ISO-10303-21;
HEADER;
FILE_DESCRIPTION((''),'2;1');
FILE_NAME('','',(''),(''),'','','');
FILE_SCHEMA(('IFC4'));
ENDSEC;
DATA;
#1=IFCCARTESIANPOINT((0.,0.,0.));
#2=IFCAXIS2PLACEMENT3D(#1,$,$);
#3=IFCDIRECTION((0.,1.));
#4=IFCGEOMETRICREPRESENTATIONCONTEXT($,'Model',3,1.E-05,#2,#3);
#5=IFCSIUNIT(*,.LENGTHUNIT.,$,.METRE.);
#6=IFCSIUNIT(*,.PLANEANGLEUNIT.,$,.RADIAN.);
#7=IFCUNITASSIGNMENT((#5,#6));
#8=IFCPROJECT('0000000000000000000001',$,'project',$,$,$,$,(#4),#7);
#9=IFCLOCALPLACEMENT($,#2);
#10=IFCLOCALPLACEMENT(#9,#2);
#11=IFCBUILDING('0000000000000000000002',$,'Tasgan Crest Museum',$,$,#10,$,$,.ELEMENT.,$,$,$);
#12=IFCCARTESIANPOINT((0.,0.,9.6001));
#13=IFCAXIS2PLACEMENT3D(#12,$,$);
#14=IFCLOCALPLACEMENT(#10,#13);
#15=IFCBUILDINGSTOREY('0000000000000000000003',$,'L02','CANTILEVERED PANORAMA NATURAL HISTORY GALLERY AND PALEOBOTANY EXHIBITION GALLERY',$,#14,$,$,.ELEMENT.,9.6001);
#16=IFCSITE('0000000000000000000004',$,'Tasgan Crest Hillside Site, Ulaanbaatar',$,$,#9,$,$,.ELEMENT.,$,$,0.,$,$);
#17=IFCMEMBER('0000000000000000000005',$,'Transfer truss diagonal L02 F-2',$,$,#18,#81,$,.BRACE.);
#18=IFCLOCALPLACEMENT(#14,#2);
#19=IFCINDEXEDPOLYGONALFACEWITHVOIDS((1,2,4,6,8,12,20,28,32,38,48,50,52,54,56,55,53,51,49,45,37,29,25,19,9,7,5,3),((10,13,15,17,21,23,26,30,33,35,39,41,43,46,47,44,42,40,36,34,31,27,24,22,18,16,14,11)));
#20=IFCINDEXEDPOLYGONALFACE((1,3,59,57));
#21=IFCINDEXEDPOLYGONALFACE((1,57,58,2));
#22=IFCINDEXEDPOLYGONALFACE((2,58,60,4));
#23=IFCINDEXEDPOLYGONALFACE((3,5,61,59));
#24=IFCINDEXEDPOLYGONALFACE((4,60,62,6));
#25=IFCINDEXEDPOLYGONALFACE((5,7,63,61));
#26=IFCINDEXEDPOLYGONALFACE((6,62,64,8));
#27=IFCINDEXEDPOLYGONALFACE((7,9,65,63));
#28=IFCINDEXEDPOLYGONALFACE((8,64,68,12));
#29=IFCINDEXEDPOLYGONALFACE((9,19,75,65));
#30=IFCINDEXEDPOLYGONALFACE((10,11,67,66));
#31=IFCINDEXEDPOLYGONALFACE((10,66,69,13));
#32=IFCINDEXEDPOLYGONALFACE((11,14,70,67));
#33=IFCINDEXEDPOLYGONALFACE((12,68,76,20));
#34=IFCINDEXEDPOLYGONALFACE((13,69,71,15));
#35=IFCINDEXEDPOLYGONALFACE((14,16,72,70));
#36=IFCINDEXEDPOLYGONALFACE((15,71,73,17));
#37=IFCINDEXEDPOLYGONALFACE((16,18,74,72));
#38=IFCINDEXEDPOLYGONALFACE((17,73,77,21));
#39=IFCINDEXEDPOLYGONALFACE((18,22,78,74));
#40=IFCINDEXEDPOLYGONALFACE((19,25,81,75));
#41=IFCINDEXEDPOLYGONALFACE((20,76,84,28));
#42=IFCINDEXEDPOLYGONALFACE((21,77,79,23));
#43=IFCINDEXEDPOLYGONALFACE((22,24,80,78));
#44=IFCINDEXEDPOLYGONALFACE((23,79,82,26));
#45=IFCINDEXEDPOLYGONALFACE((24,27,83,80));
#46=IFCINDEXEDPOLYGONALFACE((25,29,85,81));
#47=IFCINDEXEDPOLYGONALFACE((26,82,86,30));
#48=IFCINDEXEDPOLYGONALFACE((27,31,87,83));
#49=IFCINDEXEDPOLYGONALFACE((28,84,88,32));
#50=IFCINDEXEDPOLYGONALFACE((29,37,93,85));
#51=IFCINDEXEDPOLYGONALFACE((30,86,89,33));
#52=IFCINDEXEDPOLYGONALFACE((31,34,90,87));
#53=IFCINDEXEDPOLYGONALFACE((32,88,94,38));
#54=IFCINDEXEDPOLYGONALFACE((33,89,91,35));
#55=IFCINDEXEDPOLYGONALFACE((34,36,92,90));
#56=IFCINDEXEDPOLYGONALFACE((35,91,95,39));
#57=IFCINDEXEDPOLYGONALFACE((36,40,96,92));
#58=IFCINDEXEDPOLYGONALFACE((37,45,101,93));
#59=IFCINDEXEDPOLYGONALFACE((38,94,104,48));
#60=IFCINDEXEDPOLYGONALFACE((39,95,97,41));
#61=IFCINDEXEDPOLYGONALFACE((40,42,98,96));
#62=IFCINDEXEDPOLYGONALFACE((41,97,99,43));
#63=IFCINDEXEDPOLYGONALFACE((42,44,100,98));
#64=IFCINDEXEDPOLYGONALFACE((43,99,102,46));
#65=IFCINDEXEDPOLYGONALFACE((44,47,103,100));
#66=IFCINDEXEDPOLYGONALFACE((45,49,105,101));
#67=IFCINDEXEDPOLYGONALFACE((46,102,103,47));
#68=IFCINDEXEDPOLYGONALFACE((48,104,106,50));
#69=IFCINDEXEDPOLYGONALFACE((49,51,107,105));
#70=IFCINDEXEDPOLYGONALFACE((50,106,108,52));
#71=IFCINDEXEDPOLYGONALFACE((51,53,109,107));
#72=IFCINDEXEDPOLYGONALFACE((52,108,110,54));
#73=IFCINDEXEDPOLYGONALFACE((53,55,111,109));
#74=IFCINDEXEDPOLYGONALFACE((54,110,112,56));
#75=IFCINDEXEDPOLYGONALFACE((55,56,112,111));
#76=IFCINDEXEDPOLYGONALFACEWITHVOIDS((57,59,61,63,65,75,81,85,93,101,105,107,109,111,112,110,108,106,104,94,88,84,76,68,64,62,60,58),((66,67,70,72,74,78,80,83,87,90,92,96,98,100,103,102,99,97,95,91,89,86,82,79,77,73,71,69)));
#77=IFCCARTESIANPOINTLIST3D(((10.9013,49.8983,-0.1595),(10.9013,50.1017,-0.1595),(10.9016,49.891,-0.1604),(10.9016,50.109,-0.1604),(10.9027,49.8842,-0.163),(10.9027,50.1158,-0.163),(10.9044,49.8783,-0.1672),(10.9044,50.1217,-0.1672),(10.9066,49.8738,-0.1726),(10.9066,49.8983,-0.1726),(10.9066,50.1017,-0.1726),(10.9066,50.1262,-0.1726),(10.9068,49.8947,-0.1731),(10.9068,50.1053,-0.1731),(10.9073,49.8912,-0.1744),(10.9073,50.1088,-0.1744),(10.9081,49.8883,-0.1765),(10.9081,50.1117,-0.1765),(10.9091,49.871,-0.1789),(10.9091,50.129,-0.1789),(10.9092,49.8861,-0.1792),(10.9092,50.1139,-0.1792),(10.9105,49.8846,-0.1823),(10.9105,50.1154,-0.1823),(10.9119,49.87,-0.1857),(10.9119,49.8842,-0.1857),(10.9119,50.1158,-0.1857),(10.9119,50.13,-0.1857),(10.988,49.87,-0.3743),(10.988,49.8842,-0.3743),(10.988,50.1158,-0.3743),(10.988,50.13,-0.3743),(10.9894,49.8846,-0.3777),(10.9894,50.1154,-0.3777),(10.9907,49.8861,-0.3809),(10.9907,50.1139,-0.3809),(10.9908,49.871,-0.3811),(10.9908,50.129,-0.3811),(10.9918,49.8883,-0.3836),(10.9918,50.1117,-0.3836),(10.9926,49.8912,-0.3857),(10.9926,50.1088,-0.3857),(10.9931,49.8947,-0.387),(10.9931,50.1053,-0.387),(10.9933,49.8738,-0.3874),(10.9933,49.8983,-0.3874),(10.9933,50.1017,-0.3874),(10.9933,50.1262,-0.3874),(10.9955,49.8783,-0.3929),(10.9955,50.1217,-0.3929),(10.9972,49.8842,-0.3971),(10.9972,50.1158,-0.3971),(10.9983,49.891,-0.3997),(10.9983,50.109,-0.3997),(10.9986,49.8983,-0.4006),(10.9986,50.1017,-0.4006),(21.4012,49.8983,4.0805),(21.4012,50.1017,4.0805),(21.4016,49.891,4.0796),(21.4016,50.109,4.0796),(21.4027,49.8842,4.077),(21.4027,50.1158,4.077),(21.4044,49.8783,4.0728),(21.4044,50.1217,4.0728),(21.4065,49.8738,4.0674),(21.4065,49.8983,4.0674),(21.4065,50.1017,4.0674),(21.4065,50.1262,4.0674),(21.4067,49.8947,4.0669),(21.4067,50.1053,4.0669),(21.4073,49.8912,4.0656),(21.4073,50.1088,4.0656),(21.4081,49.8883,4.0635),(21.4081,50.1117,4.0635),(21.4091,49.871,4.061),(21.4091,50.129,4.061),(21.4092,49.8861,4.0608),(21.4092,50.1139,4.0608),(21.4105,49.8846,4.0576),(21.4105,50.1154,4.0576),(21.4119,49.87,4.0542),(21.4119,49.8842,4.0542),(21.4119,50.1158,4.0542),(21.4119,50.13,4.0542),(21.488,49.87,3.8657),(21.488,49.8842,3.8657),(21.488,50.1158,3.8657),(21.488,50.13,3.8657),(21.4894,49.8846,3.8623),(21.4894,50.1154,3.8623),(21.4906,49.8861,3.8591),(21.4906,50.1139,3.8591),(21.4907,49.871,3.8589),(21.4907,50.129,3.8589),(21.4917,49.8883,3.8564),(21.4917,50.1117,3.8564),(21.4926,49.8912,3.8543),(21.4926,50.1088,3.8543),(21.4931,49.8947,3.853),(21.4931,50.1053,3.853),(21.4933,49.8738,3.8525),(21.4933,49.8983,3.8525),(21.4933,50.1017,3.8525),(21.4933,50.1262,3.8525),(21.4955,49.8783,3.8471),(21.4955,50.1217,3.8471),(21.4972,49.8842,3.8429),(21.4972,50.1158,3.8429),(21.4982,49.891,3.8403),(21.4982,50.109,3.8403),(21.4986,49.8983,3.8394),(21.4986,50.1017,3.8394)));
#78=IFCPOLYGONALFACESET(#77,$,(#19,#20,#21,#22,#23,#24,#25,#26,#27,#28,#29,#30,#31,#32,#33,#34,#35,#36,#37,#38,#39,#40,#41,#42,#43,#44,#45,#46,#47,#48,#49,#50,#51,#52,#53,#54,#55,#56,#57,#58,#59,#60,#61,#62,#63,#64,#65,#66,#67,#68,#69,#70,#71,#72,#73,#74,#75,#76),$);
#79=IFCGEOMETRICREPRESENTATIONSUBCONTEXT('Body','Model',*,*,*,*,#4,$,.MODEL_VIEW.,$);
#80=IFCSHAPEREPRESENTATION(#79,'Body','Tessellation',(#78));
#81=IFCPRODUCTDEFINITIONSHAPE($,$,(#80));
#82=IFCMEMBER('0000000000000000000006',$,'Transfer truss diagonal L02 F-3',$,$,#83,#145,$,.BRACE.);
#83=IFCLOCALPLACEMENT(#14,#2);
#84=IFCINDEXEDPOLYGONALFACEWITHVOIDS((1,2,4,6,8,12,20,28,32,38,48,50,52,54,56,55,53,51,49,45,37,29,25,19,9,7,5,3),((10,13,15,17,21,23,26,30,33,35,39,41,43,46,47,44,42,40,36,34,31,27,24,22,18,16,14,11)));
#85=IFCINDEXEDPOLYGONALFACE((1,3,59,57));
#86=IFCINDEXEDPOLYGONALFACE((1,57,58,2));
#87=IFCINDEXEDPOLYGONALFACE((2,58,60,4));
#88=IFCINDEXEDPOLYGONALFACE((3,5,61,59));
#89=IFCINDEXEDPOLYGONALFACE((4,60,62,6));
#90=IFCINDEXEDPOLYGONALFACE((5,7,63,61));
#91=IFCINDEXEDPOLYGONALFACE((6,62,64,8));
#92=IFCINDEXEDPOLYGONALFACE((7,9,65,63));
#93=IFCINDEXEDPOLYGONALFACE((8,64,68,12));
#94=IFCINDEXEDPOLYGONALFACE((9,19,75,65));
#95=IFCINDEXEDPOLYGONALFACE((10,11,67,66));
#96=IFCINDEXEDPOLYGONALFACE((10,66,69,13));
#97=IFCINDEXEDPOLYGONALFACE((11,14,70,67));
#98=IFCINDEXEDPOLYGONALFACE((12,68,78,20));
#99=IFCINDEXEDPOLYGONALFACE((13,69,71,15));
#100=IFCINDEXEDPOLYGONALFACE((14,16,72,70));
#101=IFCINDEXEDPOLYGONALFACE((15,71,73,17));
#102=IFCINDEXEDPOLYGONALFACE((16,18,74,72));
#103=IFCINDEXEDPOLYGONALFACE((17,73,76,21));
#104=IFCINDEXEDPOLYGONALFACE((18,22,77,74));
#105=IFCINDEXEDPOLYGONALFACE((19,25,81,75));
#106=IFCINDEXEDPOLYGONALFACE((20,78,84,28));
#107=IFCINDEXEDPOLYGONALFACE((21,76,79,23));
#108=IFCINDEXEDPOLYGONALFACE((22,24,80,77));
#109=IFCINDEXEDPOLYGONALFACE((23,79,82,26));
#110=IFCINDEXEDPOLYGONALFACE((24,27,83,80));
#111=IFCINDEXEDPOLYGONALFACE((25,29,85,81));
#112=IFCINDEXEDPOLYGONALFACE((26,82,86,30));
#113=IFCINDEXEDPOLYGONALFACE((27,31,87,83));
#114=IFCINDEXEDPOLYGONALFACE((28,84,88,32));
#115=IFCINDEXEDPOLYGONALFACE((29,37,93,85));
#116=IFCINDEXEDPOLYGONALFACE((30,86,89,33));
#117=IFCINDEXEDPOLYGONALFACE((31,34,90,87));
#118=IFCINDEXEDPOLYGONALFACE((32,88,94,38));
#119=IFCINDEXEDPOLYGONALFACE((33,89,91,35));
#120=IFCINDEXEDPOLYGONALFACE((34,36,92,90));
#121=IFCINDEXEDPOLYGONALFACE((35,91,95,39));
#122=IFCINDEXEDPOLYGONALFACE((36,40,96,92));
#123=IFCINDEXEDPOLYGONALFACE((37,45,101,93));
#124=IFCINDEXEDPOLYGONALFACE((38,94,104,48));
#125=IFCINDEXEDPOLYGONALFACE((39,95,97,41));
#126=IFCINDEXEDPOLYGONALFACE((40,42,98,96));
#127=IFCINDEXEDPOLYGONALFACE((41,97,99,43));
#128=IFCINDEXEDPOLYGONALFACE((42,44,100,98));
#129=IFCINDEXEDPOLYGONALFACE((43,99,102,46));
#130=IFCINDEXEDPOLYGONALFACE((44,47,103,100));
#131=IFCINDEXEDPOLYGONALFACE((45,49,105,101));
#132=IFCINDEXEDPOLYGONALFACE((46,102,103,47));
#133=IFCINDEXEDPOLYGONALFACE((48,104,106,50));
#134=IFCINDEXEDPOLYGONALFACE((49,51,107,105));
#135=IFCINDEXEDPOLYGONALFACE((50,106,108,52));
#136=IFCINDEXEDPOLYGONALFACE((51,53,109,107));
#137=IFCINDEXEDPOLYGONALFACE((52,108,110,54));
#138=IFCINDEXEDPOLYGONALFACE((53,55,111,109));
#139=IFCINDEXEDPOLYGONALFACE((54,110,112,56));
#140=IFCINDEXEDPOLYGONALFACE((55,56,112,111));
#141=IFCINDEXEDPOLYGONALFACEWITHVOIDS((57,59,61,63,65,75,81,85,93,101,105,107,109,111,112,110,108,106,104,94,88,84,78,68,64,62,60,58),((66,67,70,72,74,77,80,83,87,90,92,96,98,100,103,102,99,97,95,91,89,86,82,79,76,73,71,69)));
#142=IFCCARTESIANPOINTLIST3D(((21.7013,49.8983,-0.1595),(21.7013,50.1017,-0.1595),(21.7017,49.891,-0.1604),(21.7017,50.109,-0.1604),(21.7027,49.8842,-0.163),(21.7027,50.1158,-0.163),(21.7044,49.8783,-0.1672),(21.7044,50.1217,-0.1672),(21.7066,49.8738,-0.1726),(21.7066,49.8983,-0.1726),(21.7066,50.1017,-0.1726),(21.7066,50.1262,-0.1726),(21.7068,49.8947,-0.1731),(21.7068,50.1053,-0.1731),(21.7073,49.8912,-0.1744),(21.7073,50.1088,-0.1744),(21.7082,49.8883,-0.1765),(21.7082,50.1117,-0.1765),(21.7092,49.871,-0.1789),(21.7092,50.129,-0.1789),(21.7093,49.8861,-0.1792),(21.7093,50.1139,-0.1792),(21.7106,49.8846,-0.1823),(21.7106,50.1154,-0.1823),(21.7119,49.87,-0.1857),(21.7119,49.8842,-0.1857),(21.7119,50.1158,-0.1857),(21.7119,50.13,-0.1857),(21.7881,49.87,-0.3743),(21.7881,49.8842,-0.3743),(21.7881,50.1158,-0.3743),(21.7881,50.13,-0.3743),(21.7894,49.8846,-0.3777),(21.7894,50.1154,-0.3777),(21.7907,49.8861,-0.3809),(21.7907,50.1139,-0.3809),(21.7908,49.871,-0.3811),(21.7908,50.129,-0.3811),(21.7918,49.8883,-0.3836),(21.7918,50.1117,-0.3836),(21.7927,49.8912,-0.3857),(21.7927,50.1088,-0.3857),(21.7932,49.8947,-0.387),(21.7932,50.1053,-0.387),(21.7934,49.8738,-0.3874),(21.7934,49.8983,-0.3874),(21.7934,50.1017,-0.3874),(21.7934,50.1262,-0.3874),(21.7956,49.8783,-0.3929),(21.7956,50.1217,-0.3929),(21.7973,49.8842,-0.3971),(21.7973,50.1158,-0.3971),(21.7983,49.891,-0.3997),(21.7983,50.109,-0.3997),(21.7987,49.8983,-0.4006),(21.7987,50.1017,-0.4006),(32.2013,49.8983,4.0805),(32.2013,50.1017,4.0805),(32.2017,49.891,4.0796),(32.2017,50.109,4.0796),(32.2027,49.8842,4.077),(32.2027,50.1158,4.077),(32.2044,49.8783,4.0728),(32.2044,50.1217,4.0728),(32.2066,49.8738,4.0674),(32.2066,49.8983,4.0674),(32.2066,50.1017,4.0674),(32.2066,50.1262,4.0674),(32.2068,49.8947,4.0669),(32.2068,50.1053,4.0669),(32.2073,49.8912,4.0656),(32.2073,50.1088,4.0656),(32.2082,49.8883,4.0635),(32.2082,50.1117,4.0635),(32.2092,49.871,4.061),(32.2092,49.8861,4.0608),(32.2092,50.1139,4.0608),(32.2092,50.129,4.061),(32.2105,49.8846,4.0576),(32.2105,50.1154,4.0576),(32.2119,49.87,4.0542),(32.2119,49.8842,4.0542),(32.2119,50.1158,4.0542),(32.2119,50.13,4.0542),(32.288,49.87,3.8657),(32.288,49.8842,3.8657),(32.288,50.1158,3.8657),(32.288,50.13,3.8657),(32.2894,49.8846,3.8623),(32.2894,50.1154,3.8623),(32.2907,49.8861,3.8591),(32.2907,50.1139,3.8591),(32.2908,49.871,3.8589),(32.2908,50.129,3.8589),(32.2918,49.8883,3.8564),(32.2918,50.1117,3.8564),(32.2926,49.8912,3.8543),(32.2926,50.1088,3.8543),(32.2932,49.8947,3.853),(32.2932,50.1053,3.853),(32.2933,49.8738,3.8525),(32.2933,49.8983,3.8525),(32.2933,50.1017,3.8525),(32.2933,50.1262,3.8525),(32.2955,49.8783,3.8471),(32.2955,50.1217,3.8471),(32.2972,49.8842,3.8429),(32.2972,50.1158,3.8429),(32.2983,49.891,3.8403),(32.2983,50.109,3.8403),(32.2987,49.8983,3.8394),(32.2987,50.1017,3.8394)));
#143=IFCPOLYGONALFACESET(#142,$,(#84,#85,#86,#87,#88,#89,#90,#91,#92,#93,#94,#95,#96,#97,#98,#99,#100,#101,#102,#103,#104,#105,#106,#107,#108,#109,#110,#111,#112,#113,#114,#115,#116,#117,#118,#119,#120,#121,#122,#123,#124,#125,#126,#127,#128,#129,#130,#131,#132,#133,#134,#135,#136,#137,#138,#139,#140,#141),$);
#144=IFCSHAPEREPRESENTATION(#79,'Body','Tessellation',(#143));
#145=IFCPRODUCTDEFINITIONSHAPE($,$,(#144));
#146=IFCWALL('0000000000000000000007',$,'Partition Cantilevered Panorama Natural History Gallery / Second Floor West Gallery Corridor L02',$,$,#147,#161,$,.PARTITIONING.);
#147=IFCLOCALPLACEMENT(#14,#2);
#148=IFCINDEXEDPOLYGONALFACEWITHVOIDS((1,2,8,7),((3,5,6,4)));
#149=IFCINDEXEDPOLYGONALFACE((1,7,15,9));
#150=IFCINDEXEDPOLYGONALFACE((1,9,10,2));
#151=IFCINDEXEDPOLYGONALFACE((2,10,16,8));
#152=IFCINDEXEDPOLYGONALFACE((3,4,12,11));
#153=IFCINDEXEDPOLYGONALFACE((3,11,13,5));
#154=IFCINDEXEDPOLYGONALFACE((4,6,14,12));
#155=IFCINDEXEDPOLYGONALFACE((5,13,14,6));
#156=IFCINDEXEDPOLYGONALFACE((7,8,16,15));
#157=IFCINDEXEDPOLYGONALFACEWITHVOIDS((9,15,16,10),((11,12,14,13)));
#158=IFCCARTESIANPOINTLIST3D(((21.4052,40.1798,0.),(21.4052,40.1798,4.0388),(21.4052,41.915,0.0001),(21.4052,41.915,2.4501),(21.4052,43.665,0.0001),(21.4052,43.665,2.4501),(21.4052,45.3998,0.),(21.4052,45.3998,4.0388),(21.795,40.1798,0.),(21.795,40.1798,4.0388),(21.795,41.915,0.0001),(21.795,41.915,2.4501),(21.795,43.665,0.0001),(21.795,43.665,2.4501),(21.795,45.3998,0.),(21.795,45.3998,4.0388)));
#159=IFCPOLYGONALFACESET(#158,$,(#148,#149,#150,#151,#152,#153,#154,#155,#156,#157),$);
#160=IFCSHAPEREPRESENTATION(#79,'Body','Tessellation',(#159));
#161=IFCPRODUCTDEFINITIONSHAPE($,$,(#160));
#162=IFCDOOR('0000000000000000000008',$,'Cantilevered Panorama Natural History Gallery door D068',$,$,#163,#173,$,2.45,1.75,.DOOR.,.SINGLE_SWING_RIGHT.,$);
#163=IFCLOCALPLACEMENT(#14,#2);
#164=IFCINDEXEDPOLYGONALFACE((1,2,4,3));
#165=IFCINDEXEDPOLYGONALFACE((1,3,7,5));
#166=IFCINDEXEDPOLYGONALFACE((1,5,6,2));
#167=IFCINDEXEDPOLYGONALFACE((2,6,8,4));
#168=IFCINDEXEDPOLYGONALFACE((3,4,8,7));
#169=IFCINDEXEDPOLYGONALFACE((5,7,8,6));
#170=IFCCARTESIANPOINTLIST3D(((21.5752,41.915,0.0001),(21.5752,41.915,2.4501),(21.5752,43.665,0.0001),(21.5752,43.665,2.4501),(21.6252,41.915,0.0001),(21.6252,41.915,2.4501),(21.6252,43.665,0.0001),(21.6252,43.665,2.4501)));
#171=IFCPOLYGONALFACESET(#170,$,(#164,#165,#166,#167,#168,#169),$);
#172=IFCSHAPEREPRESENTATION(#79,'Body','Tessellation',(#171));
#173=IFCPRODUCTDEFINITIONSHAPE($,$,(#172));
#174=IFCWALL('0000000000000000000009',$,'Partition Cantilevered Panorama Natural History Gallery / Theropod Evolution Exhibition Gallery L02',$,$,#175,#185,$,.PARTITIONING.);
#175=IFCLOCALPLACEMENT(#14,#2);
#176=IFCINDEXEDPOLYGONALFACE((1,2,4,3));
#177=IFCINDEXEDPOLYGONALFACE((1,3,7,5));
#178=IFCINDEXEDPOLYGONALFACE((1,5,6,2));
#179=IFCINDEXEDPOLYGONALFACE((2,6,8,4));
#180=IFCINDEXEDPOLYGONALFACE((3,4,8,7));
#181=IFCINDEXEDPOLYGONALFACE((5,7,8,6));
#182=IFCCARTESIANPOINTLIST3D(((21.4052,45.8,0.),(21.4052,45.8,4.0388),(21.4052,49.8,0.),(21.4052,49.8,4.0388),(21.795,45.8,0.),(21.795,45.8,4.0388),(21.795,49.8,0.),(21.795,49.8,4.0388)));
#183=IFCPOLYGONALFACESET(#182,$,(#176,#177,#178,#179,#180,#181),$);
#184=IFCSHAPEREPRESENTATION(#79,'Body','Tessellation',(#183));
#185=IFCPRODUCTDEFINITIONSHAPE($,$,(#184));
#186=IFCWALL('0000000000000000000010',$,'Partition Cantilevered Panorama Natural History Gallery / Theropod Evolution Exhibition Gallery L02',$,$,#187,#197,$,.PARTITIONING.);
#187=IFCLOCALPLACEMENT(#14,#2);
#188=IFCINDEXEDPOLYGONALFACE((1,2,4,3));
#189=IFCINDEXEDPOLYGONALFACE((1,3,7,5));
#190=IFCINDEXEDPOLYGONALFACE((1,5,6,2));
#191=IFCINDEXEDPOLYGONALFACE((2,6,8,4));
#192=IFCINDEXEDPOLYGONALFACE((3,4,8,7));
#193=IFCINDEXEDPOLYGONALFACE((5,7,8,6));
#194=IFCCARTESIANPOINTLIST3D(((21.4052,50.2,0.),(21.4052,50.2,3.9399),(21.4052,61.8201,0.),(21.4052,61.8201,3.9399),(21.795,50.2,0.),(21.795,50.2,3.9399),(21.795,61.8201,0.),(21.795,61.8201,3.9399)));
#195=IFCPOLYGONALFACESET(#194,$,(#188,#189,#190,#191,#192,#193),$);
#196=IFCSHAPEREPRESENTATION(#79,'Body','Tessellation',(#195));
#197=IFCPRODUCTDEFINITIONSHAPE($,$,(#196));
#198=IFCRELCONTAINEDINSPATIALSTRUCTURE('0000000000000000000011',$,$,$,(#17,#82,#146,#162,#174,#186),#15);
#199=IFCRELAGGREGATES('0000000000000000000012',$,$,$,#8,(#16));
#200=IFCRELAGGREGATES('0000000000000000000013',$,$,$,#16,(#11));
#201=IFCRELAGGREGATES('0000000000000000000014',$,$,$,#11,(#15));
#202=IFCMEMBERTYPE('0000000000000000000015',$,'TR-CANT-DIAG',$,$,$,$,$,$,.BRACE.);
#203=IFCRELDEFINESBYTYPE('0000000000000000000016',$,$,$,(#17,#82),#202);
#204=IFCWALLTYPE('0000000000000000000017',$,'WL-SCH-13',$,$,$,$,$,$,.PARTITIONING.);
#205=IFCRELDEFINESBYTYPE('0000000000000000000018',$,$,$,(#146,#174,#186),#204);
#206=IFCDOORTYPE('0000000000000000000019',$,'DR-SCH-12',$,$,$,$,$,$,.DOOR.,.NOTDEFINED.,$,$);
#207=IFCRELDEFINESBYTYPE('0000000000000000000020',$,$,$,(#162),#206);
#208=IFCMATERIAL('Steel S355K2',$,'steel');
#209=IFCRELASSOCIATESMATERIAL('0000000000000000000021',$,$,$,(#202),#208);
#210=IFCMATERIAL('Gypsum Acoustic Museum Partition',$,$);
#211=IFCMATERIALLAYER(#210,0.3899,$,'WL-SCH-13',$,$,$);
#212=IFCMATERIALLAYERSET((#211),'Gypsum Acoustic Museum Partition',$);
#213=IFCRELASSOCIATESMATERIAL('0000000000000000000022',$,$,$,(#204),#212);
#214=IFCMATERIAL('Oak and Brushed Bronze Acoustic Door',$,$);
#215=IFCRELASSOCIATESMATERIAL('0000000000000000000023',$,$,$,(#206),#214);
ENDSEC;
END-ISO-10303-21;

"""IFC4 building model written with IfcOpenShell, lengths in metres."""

from ifc_helpers import new_model, si_unit, direction, frame, frame_2d, origin, origin_2d, place, context, subcontext, project, spatial, rectangle, hollow_rectangle, extrude, material, layer, layer_set, material_profile, profile_set, type_object, element, fill, save


model = new_model("IFC4")

# Units and contexts
model_context = context("Model", 3, precision=1e-05, world=origin(), true_north=direction((0.0, 1.0)))
body_context = subcontext(model_context, "Body", "Model", "MODEL_VIEW")
ifc_project = project(units=[si_unit("LENGTHUNIT", "METRE"), si_unit("PLANEANGLEUNIT", "RADIAN")], contexts=[model_context])

# Site, building, storey
site_placement = place(None, origin())
site = spatial("IfcSite", under=ifc_project, at=site_placement, Name="Tasgan Crest Hillside Site, Ulaanbaatar", CompositionType="ELEMENT", RefElevation=0.0)
building_placement = place(site_placement, origin())
building = spatial("IfcBuilding", under=site, at=building_placement, Name="Tasgan Crest Museum", CompositionType="ELEMENT")
storey_placement = place(building_placement, frame((0.0, 0.0, 9.6001)))
storey = spatial("IfcBuildingStorey", under=building, at=storey_placement, Name="L02", Description="CANTILEVERED PANORAMA NATURAL HISTORY GALLERY AND PALEOBOTANY EXHIBITION GALLERY", CompositionType="ELEMENT", Elevation=9.6001)

# Members
ifc_material_1 = material(Name="Steel S355K2", Category="steel")
ifc_material_profile_1 = material_profile(ifc_material_1, hollow_rectangle(XDim=0.26, YDim=0.26, WallThickness=0.0142, InnerFilletRadius=0.0142, OuterFilletRadius=0.0283, at=origin_2d()), Name="SHS 260x260x14.2")
ifc_profile_set_1 = profile_set([ifc_material_profile_1], Name="Steel S355K2")
member_type = type_object("IfcMemberType", Name="TR-CANT-DIAG", PredefinedType="BRACE", material=ifc_profile_set_1)
for number, where, z_axis, x_axis, name in (
    (1, (10.95, 50.0, -0.28), (0.927254, 0.0, 0.374433), (0.0, 1.0, 0.0), "Transfer truss diagonal L02 F-2"),
    (2, (21.75, 50.0, -0.28), (0.927254, 0.0, 0.374433), (0.0, 1.0, 0.0), "Transfer truss diagonal L02 F-3"),
):
    element("IfcMember", number, at=place(storey_placement, frame(where, z_axis=z_axis, x_axis=x_axis)), inside=storey, type_object=member_type, Name=name, PredefinedType="BRACE", context=body_context, shape_type="SweptSolid", body=[
        extrude(hollow_rectangle(XDim=0.26, YDim=0.26, WallThickness=0.0142, InnerFilletRadius=0.0142, OuterFilletRadius=0.0283, at=origin_2d()), origin(), (0.0, 0.0, 1.0), 11.3237),
    ])

# Wall, opening, door
ifc_material_2 = material(Name="Gypsum Acoustic Museum Partition")
ifc_layer_1 = layer(ifc_material_2, 0.3899, Name="WL-SCH-13")
ifc_layer_set_1 = layer_set([ifc_layer_1], Name="Gypsum Acoustic Museum Partition")
wall_type_1 = type_object("IfcWallType", Name="WL-SCH-13", PredefinedType="PARTITIONING", material=ifc_layer_set_1)
wall_1_placement = place(storey_placement, frame((21.6001, 40.1799, 0.0), z_axis=(0.0, 0.0, 1.0), x_axis=(0.0, 1.0, 0.0)))
wall_1 = element("IfcWall", 3, at=wall_1_placement, inside=storey, type_object=wall_type_1, Name="Partition Cantilevered Panorama Natural History Gallery / Second Floor West Gallery Corridor L02", PredefinedType="PARTITIONING", context=body_context, shape_type="SweptSolid", body=[
    extrude(rectangle(XDim=5.22, YDim=0.3899, at=frame_2d((2.6099, 0.0))), origin(), (0.0, 0.0, 1.0), 4.0388),
])
opening_1_placement = place(wall_1_placement, frame((1.7351, 0.0, 0.0)))
opening_1 = element("IfcOpeningElement", 4, at=opening_1_placement, cuts=wall_1, PredefinedType="OPENING", context=body_context, shape_type="SweptSolid", body=[
    extrude(rectangle(XDim=1.75, YDim=2.45, at=frame_2d((0.875, 1.2251))), frame((0.0, 0.2048, 0.0), z_axis=(0.0, -1.0, 0.0), x_axis=(1.0, 0.0, 0.0)), (0.0, 0.0, 1.0), 0.4099),
])
ifc_material_3 = material(Name="Oak and Brushed Bronze Acoustic Door")
door_type_1 = type_object("IfcDoorType", Name="DR-SCH-12", OperationType="NOTDEFINED", PredefinedType="DOOR", material=ifc_material_3)
door_1_placement = place(opening_1_placement, origin())
door_1 = element("IfcDoor", 5, at=door_1_placement, inside=storey, type_object=door_type_1, Name="Cantilevered Panorama Natural History Gallery door D068", OperationType="SINGLE_SWING_RIGHT", OverallHeight=2.45, OverallWidth=1.75, PredefinedType="DOOR", context=body_context, shape_type="SweptSolid", body=[
    extrude(rectangle(XDim=1.75, YDim=2.45, at=frame_2d((0.875, 1.2251))), frame((0.0, 0.0249, 0.0), z_axis=(0.0, -1.0, 0.0), x_axis=(1.0, 0.0, 0.0)), (0.0, 0.0, 1.0), 0.05),
])
fill(opening_1, door_1)

# Walls
wall_2_placement = place(storey_placement, frame((21.6001, 45.8, 0.0), z_axis=(0.0, 0.0, 1.0), x_axis=(0.0, 1.0, 0.0)))
element("IfcWall", 6, at=wall_2_placement, inside=storey, type_object=wall_type_1, Name="Partition Cantilevered Panorama Natural History Gallery / Theropod Evolution Exhibition Gallery L02", PredefinedType="PARTITIONING", context=body_context, shape_type="SweptSolid", body=[
    extrude(rectangle(XDim=4.0, YDim=0.3899, at=frame_2d((2.0, 0.0))), origin(), (0.0, 0.0, 1.0), 4.0388),
])
wall_3_placement = place(storey_placement, frame((21.6001, 50.2, 0.0), z_axis=(0.0, 0.0, 1.0), x_axis=(0.0, 1.0, 0.0)))
element("IfcWall", 7, at=wall_3_placement, inside=storey, type_object=wall_type_1, Name="Partition Cantilevered Panorama Natural History Gallery / Theropod Evolution Exhibition Gallery L02", PredefinedType="PARTITIONING", context=body_context, shape_type="SweptSolid", body=[
    extrude(rectangle(XDim=11.6201, YDim=0.3899, at=frame_2d((5.8101, 0.0))), origin(), (0.0, 0.0, 1.0), 3.9399),
])

save(model, "model.ifc")
